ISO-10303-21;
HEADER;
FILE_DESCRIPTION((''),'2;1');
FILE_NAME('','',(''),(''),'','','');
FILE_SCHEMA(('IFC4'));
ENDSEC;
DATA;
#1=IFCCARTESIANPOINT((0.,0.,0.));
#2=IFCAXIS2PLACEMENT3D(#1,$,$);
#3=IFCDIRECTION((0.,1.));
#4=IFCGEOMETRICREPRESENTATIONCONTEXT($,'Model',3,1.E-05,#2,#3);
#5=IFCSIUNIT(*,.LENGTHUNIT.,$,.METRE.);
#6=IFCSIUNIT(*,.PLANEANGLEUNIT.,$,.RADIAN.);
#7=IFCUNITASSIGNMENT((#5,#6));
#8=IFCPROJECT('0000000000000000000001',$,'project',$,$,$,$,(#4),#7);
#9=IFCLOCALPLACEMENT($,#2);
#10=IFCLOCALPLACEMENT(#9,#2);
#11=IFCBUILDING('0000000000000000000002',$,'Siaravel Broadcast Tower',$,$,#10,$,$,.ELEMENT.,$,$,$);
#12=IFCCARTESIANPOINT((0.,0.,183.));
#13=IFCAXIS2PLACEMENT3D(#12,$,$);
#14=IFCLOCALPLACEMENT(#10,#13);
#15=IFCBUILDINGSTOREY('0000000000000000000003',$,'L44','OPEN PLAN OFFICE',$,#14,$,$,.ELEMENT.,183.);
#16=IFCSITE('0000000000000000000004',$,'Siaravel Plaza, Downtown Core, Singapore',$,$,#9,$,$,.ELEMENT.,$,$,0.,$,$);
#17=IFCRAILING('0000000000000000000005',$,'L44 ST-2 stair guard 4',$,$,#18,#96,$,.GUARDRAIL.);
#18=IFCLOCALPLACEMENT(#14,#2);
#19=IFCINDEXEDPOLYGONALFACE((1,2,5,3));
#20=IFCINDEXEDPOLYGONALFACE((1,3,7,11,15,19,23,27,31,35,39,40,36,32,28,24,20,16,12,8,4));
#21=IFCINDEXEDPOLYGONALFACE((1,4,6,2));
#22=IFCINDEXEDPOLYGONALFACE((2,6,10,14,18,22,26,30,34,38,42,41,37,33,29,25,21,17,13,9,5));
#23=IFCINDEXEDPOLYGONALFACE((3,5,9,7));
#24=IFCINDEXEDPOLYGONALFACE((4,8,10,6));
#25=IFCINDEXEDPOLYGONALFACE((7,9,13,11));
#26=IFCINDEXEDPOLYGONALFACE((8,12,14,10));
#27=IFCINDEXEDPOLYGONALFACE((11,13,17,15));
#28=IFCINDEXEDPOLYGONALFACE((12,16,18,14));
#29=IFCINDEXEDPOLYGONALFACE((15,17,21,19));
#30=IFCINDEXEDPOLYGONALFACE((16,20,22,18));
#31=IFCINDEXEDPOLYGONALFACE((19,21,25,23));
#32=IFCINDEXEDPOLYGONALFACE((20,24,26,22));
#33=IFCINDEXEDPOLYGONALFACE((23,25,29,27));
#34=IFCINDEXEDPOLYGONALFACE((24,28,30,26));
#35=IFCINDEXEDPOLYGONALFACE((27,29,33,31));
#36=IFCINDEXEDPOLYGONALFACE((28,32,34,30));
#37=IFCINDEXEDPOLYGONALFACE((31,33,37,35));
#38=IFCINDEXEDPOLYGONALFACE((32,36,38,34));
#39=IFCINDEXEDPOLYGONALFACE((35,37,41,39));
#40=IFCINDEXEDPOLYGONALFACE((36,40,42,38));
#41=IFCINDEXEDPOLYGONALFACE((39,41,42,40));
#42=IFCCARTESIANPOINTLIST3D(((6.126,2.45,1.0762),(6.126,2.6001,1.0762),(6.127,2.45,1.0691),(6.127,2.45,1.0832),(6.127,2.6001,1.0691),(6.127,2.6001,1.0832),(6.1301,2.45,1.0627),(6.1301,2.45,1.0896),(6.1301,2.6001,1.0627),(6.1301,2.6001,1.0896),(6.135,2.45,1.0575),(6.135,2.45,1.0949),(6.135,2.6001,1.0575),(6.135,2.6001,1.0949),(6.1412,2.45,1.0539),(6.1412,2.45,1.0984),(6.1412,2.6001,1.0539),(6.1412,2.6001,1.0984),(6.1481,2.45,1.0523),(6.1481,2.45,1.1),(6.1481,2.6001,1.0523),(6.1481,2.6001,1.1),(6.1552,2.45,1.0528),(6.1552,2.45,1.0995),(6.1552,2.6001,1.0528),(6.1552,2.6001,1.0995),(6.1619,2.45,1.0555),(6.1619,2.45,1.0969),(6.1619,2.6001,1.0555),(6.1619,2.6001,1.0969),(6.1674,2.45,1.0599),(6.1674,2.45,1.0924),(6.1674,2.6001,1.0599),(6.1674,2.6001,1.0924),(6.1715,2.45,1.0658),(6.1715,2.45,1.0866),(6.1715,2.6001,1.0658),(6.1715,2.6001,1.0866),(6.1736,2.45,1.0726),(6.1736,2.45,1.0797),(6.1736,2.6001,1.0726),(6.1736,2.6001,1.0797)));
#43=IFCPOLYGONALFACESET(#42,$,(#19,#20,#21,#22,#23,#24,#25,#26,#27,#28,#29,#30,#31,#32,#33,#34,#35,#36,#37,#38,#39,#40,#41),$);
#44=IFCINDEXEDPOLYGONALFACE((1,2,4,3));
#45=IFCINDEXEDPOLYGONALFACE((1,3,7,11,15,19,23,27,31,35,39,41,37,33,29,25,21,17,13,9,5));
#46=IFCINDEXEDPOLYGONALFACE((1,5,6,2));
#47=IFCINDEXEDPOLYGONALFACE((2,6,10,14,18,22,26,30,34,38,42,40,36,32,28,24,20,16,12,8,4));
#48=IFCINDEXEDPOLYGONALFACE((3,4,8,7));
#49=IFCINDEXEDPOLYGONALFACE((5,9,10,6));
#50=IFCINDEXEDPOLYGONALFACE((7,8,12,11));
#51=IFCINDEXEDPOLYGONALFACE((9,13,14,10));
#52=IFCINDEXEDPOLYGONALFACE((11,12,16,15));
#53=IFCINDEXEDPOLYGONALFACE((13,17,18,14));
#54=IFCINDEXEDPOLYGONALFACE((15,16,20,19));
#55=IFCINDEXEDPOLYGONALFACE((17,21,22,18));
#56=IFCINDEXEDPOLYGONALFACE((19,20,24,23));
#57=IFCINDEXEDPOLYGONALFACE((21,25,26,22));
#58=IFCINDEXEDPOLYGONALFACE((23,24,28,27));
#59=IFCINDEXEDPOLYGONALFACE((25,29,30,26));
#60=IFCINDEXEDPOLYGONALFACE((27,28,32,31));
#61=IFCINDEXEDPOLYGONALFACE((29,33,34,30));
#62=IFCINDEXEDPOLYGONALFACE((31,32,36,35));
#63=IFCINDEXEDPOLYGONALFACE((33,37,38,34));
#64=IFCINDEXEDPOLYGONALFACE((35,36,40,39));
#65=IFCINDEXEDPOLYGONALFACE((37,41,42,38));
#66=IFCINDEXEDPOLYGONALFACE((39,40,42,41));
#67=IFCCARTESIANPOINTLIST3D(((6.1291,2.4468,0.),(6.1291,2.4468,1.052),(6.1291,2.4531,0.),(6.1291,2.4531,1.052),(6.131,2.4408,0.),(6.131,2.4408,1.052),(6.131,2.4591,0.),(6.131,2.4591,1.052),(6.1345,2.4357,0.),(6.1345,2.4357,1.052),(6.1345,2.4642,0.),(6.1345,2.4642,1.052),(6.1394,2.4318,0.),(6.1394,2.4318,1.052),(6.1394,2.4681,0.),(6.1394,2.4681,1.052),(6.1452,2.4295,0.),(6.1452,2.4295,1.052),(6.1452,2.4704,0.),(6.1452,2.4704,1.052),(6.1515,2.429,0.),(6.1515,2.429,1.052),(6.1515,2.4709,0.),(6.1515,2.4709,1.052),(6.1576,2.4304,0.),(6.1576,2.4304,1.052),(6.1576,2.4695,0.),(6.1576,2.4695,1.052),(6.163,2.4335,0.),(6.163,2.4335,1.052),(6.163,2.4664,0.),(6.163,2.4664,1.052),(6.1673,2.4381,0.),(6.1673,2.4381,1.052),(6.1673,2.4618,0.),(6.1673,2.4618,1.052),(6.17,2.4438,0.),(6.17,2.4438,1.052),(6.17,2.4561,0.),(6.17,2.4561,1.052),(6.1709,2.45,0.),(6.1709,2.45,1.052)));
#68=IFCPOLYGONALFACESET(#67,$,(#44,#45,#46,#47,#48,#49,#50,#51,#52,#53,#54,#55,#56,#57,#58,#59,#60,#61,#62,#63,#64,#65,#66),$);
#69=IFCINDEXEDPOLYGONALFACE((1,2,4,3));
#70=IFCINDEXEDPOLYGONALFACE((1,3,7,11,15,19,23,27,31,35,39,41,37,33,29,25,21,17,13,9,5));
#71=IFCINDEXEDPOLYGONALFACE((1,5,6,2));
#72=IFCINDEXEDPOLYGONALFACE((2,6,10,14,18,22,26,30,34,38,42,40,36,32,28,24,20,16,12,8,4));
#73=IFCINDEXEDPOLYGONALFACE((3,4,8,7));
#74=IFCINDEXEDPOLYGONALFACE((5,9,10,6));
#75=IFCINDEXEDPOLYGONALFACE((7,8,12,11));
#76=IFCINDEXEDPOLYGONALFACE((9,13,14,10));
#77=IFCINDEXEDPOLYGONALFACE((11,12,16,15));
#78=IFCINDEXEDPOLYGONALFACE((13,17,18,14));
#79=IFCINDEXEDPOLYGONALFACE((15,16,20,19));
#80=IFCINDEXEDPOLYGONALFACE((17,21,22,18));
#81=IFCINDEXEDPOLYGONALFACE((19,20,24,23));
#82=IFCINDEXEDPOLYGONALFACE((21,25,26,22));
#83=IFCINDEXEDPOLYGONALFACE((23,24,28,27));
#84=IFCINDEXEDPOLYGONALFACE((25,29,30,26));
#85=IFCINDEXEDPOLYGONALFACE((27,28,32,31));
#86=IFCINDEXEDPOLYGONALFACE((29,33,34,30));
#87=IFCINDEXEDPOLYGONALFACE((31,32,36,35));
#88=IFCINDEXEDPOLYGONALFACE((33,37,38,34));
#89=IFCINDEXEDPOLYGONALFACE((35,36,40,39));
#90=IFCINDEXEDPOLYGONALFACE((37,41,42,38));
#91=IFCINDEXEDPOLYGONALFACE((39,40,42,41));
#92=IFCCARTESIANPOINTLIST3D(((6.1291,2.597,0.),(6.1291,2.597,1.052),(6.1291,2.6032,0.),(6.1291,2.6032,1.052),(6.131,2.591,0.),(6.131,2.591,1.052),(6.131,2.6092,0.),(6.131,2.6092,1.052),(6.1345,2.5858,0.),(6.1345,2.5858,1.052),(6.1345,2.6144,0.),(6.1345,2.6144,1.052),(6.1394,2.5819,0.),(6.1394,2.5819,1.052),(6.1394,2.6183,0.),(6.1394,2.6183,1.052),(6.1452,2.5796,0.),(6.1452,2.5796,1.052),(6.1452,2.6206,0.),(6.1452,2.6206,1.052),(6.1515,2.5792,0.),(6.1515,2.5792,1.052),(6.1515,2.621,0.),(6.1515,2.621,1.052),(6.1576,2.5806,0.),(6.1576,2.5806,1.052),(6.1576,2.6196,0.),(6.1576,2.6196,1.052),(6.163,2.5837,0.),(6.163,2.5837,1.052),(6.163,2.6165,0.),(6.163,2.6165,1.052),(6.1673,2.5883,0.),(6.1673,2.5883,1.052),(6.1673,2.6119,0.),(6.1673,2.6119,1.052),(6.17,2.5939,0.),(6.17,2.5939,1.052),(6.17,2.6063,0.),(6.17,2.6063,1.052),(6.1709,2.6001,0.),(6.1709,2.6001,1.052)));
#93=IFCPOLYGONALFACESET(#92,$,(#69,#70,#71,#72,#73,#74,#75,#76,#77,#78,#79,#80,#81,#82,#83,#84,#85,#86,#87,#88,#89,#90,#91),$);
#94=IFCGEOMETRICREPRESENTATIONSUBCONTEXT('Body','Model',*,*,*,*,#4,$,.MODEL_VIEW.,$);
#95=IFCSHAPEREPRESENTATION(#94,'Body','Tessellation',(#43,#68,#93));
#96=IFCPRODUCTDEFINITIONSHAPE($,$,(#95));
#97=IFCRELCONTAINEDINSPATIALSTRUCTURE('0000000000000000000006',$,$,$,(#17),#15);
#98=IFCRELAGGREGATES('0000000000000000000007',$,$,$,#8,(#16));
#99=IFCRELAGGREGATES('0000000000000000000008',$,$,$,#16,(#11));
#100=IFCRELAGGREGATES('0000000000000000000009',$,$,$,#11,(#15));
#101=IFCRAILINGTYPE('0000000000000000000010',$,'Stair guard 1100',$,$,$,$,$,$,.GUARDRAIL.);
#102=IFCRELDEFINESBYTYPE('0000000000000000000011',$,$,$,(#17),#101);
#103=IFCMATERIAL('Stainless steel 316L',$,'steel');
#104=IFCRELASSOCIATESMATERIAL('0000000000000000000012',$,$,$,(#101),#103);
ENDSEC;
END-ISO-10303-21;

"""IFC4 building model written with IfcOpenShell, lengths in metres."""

from ifc_helpers import new_model, si_unit, direction, frame, origin, origin_2d, place, context, subcontext, project, spatial, circle, extrude, material, type_object, element, save


model = new_model("IFC4")

# Units and contexts
model_context = context("Model", 3, precision=1e-05, world=origin(), true_north=direction((0.0, 1.0)))
body_context = subcontext(model_context, "Body", "Model", "MODEL_VIEW")
ifc_project = project(units=[si_unit("LENGTHUNIT", "METRE"), si_unit("PLANEANGLEUNIT", "RADIAN")], contexts=[model_context])

# Site, building, storey
site_placement = place(None, origin())
site = spatial("IfcSite", under=ifc_project, at=site_placement, Name="Siaravel Plaza, Downtown Core, Singapore", CompositionType="ELEMENT", RefElevation=0.0)
building_placement = place(site_placement, origin())
building = spatial("IfcBuilding", under=site, at=building_placement, Name="Siaravel Broadcast Tower", CompositionType="ELEMENT")
storey_placement = place(building_placement, frame((0.0, 0.0, 183.0)))
storey = spatial("IfcBuildingStorey", under=building, at=storey_placement, Name="L44", Description="OPEN PLAN OFFICE", CompositionType="ELEMENT", Elevation=183.0)

# Railing
ifc_material_1 = material(Name="Stainless steel 316L", Category="steel")
railing_type_1 = type_object("IfcRailingType", Name="Stair guard 1100", PredefinedType="GUARDRAIL", material=ifc_material_1)
railing_1_placement = place(storey_placement, frame((6.1499, 2.45, 0.0)))
element("IfcRailing", 1, at=railing_1_placement, inside=storey, type_object=railing_type_1, Name="L44 ST-2 stair guard 4", PredefinedType="GUARDRAIL", context=body_context, shape_type="SweptSolid", body=[
    extrude(circle(Radius=0.0239, at=origin_2d()), frame((0.0, 0.0, 1.0762), z_axis=(0.0, 1.0, 0.0), x_axis=(-1.0, 0.0, 0.0)), (0.0, 0.0, 1.0), 0.1501),
    extrude(circle(Radius=0.021, at=origin_2d()), origin(), (0.0, 0.0, 1.0), 1.052),
    extrude(circle(Radius=0.021, at=origin_2d()), frame((0.0, 0.1501, 0.0)), (0.0, 0.0, 1.0), 1.052),
])

save(model, "model.ifc")
